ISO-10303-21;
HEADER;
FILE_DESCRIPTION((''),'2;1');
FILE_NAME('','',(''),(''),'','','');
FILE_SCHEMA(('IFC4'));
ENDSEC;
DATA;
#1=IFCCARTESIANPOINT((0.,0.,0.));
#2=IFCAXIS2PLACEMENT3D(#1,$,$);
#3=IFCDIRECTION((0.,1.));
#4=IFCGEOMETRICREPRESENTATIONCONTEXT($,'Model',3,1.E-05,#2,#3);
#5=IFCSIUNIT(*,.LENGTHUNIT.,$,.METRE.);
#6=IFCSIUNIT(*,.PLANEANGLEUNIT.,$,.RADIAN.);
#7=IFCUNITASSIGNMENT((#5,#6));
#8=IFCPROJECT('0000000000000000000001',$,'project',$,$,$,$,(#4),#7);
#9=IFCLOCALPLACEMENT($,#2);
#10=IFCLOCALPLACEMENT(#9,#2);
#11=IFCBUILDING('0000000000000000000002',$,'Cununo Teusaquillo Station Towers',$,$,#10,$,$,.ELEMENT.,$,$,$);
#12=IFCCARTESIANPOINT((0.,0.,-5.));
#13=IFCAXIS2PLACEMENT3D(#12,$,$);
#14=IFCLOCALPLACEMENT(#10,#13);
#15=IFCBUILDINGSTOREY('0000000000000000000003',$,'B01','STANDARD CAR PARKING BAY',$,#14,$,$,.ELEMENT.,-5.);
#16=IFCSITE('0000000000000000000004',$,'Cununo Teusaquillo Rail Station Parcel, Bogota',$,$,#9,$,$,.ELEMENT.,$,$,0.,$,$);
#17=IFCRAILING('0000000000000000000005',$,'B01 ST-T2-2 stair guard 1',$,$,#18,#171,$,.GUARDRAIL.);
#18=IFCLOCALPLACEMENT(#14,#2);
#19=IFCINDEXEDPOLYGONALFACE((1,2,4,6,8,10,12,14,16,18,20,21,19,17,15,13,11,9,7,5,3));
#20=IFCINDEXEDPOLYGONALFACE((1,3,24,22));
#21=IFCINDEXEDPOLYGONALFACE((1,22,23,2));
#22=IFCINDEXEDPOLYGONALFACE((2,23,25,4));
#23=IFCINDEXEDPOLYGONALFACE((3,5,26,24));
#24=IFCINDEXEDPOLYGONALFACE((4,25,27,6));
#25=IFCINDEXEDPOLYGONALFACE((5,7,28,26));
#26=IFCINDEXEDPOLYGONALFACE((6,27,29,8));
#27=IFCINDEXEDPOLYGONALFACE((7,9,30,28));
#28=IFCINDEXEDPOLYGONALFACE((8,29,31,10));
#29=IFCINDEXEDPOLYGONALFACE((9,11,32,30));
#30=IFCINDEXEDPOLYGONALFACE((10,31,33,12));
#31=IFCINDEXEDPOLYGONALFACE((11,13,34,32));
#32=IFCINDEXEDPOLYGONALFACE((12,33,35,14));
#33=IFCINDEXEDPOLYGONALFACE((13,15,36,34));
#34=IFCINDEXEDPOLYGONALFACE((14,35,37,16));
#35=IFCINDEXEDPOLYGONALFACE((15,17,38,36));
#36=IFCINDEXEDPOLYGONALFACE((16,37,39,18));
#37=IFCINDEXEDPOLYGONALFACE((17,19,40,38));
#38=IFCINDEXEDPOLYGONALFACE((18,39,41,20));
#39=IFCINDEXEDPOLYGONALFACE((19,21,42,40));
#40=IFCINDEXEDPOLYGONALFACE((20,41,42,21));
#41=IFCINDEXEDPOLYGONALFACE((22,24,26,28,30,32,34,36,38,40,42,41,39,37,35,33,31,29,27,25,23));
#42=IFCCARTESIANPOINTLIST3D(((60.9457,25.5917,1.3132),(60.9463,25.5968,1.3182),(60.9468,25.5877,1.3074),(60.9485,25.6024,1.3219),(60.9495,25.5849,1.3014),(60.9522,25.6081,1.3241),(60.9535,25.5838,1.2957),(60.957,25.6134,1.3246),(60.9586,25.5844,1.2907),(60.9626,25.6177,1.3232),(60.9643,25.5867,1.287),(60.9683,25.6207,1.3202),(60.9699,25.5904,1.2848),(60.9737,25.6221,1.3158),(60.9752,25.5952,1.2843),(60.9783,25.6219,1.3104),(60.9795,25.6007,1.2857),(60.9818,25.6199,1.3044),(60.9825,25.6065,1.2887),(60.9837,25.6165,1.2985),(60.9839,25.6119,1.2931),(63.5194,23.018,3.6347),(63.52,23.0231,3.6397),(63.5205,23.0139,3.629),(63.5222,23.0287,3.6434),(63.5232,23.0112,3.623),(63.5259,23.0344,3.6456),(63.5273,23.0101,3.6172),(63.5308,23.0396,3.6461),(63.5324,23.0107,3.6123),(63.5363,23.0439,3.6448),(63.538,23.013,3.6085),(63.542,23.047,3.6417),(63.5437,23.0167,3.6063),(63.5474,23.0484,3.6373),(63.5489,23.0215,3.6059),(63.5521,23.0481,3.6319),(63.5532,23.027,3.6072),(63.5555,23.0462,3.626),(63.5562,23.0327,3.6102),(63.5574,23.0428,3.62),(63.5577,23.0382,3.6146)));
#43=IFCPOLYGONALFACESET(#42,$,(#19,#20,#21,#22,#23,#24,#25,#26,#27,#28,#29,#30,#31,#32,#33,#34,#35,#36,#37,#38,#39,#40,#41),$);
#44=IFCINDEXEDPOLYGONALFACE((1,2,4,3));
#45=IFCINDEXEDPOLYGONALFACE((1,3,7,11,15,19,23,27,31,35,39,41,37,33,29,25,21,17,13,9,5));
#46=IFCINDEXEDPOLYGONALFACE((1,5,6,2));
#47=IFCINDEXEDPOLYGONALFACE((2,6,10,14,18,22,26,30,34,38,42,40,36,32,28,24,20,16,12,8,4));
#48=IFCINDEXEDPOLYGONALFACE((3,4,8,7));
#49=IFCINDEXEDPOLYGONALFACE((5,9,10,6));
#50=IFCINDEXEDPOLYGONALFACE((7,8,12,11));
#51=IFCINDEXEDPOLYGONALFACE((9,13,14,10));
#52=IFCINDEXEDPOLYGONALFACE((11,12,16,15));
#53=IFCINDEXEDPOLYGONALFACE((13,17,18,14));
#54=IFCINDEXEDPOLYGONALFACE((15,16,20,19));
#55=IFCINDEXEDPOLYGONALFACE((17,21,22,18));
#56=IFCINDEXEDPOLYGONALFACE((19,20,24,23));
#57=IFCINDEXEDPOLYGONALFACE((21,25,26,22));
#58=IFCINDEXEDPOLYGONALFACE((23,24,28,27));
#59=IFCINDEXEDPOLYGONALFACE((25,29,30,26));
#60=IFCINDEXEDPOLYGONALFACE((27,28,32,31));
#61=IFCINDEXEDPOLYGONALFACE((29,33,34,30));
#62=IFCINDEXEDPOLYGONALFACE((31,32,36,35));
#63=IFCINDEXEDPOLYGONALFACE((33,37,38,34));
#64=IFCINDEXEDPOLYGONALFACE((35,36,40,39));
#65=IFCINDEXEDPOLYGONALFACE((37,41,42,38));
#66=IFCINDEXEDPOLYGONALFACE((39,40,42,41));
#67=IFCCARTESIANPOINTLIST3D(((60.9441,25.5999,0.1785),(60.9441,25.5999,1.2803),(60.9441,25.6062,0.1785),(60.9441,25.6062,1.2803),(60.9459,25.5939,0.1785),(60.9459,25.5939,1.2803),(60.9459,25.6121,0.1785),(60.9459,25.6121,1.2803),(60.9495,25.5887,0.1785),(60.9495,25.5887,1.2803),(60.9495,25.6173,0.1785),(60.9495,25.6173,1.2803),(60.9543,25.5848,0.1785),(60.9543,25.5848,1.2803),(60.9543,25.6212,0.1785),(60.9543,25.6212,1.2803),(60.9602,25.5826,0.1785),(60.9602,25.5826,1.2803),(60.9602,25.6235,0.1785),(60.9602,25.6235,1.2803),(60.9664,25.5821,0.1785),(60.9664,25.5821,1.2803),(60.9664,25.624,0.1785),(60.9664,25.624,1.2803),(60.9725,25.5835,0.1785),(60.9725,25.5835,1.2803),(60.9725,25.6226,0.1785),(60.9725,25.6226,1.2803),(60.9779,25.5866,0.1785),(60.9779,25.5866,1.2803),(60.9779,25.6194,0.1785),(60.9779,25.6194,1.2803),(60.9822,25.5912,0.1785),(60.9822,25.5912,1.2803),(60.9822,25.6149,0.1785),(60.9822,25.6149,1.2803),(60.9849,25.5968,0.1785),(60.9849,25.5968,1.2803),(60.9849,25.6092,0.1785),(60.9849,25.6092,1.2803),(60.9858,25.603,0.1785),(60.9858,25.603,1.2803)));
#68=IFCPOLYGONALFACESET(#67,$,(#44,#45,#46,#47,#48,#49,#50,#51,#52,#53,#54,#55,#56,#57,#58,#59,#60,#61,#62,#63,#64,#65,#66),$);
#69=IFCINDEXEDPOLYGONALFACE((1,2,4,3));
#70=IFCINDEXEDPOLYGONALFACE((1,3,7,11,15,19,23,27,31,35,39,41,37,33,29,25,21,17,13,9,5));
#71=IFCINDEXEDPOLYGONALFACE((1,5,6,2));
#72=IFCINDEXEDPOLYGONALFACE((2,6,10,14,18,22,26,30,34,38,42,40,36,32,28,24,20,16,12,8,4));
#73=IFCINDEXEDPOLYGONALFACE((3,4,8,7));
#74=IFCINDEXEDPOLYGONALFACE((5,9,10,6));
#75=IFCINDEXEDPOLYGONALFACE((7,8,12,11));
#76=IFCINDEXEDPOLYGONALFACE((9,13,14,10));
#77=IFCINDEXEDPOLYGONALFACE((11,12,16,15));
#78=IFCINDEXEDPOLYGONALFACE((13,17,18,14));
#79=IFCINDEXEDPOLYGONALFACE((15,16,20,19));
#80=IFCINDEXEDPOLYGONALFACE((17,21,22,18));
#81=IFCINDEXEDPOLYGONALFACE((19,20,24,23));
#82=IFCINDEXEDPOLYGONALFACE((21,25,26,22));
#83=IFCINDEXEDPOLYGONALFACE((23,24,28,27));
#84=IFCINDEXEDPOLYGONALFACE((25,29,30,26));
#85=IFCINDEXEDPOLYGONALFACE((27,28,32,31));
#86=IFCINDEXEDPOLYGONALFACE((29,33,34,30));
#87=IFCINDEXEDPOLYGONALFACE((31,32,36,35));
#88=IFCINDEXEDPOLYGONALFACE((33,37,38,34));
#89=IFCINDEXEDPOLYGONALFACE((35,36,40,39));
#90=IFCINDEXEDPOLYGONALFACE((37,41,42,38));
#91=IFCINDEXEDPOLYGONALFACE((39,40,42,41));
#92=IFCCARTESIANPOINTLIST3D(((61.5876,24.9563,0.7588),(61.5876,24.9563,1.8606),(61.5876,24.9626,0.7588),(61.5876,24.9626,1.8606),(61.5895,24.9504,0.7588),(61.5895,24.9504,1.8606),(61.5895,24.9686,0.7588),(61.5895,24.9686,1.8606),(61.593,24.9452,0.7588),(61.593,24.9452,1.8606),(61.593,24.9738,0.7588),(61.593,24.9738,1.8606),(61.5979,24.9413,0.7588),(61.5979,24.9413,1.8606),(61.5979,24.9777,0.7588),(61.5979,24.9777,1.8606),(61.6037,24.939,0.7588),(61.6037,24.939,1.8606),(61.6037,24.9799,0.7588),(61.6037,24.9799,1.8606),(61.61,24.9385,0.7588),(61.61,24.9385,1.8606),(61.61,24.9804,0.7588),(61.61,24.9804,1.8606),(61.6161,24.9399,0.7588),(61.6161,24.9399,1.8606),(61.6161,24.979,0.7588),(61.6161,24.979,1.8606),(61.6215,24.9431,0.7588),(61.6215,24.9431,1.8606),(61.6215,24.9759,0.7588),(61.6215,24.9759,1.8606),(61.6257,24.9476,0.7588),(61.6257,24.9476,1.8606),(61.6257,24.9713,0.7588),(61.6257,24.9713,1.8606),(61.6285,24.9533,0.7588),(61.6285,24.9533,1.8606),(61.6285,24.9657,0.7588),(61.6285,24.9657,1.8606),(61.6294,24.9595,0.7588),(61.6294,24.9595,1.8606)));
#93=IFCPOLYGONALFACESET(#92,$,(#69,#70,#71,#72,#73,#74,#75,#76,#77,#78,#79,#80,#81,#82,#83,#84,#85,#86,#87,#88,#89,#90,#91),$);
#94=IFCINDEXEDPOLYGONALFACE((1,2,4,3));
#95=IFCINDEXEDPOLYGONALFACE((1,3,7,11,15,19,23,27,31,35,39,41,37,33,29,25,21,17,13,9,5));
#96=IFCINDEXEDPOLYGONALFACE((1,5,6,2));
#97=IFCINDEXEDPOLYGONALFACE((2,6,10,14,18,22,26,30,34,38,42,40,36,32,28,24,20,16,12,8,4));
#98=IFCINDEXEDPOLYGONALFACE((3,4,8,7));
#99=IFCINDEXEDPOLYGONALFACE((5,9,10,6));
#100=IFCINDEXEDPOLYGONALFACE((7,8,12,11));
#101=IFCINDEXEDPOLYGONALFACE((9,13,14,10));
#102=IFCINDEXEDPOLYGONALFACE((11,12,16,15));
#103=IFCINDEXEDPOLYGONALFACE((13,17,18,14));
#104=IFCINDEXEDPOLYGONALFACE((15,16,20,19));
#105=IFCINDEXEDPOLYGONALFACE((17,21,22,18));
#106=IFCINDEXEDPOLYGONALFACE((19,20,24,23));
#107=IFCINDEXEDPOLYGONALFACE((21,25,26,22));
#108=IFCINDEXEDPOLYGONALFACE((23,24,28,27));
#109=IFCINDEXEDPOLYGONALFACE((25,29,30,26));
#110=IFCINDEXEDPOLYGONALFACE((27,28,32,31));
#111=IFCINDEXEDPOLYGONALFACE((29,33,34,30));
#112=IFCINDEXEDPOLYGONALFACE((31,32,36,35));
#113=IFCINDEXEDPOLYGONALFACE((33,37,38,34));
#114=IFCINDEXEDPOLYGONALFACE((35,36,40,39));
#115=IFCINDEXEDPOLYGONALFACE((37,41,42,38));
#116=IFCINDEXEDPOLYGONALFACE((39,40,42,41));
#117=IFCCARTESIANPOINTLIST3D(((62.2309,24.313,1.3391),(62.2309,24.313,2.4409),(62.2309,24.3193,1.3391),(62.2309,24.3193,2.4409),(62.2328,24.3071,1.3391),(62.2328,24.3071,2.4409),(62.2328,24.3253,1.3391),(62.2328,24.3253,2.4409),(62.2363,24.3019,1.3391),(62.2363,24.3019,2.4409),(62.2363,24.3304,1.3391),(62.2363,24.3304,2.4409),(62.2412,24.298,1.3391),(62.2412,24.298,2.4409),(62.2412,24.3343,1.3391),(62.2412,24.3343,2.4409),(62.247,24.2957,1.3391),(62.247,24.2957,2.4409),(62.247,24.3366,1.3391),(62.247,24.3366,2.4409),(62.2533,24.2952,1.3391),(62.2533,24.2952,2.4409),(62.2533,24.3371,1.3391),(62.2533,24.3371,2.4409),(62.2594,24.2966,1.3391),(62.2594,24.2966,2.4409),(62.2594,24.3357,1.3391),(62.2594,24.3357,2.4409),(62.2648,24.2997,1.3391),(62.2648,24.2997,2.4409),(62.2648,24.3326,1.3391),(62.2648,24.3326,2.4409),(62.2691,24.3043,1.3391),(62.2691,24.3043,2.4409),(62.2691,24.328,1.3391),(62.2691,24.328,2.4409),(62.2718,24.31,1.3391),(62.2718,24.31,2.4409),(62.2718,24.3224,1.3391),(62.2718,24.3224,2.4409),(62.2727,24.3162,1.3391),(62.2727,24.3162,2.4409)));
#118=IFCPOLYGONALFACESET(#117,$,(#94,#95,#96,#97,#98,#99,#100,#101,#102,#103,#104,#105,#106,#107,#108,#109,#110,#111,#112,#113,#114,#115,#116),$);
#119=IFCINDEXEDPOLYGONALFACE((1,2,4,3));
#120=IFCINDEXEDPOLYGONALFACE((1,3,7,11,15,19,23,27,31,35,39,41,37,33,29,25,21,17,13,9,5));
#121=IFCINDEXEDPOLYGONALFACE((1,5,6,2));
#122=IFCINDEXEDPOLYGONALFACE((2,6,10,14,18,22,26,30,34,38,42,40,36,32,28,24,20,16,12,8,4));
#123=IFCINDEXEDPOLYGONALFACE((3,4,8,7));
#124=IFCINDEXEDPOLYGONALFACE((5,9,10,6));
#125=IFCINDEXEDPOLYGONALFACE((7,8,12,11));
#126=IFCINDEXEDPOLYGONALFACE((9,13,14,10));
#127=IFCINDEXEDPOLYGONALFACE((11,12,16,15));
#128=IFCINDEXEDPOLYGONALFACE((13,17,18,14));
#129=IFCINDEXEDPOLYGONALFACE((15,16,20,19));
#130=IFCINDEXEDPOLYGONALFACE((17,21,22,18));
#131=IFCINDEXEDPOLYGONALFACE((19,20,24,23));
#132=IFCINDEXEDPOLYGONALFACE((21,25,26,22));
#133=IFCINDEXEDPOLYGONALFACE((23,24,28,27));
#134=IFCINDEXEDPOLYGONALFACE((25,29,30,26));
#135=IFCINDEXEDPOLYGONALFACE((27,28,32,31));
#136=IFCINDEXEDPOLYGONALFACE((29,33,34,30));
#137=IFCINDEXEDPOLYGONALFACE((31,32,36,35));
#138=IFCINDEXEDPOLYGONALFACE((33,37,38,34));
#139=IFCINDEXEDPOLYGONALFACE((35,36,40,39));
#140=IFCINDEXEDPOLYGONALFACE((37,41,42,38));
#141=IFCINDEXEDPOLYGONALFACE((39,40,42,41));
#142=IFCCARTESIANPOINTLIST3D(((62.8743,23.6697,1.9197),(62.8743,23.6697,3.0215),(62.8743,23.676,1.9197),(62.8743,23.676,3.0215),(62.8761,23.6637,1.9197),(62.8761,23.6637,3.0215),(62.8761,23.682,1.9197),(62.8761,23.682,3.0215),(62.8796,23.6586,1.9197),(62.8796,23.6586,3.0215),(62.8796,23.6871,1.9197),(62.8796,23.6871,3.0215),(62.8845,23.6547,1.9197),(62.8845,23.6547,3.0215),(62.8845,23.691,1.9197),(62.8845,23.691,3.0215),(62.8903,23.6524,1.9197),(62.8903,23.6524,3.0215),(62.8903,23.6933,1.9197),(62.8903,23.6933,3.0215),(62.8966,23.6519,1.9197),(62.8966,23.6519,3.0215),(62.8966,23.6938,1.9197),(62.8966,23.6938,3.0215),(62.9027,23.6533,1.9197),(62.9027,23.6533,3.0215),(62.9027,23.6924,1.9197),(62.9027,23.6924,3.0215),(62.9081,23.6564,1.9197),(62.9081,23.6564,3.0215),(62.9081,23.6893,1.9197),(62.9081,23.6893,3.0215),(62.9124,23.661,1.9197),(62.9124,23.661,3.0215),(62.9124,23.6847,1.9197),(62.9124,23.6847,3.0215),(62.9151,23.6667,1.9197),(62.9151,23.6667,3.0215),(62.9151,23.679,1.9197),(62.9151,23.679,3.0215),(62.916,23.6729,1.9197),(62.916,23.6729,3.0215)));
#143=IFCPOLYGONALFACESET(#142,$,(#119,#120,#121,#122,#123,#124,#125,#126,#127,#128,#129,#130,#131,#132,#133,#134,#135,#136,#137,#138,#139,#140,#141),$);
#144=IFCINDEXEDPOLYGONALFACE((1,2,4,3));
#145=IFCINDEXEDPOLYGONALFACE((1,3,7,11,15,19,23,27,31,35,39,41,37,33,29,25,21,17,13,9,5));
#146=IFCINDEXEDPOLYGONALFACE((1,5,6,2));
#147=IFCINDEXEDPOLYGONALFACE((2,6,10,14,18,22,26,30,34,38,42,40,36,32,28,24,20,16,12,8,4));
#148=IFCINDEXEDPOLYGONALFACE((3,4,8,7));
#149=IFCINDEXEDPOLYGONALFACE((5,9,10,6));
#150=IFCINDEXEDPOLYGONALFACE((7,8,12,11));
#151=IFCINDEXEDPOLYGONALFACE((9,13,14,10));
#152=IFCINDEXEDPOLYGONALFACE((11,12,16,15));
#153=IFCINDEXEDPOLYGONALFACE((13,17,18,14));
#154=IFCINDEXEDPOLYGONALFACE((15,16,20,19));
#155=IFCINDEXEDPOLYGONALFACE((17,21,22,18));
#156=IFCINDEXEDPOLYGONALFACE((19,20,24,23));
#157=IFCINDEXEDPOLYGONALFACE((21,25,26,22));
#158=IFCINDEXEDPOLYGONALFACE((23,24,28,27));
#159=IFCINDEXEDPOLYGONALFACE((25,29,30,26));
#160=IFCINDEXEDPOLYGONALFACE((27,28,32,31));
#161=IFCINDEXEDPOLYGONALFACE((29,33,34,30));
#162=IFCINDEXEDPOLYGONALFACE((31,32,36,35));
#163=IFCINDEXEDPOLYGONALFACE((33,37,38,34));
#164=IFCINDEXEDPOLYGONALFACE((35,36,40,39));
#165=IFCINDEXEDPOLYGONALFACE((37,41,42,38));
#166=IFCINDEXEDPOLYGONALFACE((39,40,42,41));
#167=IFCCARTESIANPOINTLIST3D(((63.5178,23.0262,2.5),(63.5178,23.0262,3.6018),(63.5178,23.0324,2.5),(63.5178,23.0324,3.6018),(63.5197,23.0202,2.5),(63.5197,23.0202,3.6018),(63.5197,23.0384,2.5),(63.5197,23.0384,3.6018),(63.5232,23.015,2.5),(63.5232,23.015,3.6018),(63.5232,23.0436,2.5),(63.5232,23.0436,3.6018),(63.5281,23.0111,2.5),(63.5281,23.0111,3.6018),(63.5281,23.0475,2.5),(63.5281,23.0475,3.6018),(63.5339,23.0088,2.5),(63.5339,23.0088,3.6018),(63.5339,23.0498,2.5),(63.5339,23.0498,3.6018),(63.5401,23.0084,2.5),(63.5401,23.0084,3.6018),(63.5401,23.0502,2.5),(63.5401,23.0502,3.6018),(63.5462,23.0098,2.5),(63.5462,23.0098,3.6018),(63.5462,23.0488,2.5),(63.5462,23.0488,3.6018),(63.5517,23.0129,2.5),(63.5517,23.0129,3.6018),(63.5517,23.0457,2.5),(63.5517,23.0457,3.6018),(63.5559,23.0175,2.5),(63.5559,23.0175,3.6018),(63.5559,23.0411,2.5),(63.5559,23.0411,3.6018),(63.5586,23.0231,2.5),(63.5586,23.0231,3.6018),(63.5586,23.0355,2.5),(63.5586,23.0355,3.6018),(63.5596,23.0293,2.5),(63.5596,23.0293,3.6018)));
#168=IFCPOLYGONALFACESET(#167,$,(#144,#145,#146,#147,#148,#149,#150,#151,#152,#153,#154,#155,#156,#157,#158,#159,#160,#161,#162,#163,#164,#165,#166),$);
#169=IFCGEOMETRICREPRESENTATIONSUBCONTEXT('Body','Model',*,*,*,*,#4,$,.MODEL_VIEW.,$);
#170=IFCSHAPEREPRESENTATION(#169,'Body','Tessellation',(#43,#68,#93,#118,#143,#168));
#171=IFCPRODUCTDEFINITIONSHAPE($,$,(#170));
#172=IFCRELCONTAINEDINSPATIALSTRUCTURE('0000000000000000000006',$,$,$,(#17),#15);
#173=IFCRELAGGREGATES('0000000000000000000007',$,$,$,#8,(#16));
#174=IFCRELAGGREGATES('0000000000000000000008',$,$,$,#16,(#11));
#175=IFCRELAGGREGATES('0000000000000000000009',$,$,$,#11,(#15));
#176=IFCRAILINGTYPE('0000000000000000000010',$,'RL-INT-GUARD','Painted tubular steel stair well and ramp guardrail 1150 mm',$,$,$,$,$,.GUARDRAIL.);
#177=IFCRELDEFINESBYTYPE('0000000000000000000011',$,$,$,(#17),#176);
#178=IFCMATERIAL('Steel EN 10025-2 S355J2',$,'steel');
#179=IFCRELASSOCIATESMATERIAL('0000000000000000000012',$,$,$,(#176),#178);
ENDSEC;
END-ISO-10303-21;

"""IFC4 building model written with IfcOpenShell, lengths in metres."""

from ifc_helpers import new_model, si_unit, direction, frame, origin, origin_2d, place, context, subcontext, project, spatial, circle, extrude, material, type_object, element, save


model = new_model("IFC4")

# Units and contexts
model_context = context("Model", 3, precision=1e-05, world=origin(), true_north=direction((0.0, 1.0)))
body_context = subcontext(model_context, "Body", "Model", "MODEL_VIEW")
ifc_project = project(units=[si_unit("LENGTHUNIT", "METRE"), si_unit("PLANEANGLEUNIT", "RADIAN")], contexts=[model_context])

# Site, building, storey
site_placement = place(None, origin())
site = spatial("IfcSite", under=ifc_project, at=site_placement, Name="Cununo Teusaquillo Rail Station Parcel, Bogota", CompositionType="ELEMENT", RefElevation=0.0)
building_placement = place(site_placement, origin())
building = spatial("IfcBuilding", under=site, at=building_placement, Name="Cununo Teusaquillo Station Towers", CompositionType="ELEMENT")
storey_placement = place(building_placement, frame((0.0, 0.0, -5.0)))
storey = spatial("IfcBuildingStorey", under=building, at=storey_placement, Name="B01", Description="STANDARD CAR PARKING BAY", CompositionType="ELEMENT", Elevation=-5.0)

# Railing
ifc_material_1 = material(Name="Steel EN 10025-2 S355J2", Category="steel")
railing_type_1 = type_object("IfcRailingType", Name="RL-INT-GUARD", Description="Painted tubular steel stair well and ramp guardrail 1150 mm", PredefinedType="GUARDRAIL", material=ifc_material_1)
railing_1_placement = place(storey_placement, frame((60.9648, 25.603, 0.1785)))
element("IfcRailing", 1, at=railing_1_placement, inside=storey, type_object=railing_type_1, Name="B01 ST-T2-2 stair guard 1", PredefinedType="GUARDRAIL", context=body_context, shape_type="SweptSolid", body=[
    extrude(circle(Radius=0.0239, at=origin_2d()), frame((0.0, 0.0, 1.126), z_axis=(0.596166, -0.596166, 0.537748), x_axis=(0.707107, 0.707107, 0.0)), (0.0, 0.0, 1.0), 4.3171),
    extrude(circle(Radius=0.021, at=origin_2d()), origin(), (0.0, 0.0, 1.0), 1.1018),
    extrude(circle(Radius=0.021, at=origin_2d()), frame((0.6436, -0.6436, 0.5803)), (0.0, 0.0, 1.0), 1.1018),
    extrude(circle(Radius=0.021, at=origin_2d()), frame((1.2869, -1.2869, 1.1606)), (0.0, 0.0, 1.0), 1.1018),
    extrude(circle(Radius=0.021, at=origin_2d()), frame((1.9302, -1.9302, 1.7412)), (0.0, 0.0, 1.0), 1.1018),
    extrude(circle(Radius=0.021, at=origin_2d()), frame((2.5737, -2.5737, 2.3215)), (0.0, 0.0, 1.0), 1.1018),
])

save(model, "model.ifc")
